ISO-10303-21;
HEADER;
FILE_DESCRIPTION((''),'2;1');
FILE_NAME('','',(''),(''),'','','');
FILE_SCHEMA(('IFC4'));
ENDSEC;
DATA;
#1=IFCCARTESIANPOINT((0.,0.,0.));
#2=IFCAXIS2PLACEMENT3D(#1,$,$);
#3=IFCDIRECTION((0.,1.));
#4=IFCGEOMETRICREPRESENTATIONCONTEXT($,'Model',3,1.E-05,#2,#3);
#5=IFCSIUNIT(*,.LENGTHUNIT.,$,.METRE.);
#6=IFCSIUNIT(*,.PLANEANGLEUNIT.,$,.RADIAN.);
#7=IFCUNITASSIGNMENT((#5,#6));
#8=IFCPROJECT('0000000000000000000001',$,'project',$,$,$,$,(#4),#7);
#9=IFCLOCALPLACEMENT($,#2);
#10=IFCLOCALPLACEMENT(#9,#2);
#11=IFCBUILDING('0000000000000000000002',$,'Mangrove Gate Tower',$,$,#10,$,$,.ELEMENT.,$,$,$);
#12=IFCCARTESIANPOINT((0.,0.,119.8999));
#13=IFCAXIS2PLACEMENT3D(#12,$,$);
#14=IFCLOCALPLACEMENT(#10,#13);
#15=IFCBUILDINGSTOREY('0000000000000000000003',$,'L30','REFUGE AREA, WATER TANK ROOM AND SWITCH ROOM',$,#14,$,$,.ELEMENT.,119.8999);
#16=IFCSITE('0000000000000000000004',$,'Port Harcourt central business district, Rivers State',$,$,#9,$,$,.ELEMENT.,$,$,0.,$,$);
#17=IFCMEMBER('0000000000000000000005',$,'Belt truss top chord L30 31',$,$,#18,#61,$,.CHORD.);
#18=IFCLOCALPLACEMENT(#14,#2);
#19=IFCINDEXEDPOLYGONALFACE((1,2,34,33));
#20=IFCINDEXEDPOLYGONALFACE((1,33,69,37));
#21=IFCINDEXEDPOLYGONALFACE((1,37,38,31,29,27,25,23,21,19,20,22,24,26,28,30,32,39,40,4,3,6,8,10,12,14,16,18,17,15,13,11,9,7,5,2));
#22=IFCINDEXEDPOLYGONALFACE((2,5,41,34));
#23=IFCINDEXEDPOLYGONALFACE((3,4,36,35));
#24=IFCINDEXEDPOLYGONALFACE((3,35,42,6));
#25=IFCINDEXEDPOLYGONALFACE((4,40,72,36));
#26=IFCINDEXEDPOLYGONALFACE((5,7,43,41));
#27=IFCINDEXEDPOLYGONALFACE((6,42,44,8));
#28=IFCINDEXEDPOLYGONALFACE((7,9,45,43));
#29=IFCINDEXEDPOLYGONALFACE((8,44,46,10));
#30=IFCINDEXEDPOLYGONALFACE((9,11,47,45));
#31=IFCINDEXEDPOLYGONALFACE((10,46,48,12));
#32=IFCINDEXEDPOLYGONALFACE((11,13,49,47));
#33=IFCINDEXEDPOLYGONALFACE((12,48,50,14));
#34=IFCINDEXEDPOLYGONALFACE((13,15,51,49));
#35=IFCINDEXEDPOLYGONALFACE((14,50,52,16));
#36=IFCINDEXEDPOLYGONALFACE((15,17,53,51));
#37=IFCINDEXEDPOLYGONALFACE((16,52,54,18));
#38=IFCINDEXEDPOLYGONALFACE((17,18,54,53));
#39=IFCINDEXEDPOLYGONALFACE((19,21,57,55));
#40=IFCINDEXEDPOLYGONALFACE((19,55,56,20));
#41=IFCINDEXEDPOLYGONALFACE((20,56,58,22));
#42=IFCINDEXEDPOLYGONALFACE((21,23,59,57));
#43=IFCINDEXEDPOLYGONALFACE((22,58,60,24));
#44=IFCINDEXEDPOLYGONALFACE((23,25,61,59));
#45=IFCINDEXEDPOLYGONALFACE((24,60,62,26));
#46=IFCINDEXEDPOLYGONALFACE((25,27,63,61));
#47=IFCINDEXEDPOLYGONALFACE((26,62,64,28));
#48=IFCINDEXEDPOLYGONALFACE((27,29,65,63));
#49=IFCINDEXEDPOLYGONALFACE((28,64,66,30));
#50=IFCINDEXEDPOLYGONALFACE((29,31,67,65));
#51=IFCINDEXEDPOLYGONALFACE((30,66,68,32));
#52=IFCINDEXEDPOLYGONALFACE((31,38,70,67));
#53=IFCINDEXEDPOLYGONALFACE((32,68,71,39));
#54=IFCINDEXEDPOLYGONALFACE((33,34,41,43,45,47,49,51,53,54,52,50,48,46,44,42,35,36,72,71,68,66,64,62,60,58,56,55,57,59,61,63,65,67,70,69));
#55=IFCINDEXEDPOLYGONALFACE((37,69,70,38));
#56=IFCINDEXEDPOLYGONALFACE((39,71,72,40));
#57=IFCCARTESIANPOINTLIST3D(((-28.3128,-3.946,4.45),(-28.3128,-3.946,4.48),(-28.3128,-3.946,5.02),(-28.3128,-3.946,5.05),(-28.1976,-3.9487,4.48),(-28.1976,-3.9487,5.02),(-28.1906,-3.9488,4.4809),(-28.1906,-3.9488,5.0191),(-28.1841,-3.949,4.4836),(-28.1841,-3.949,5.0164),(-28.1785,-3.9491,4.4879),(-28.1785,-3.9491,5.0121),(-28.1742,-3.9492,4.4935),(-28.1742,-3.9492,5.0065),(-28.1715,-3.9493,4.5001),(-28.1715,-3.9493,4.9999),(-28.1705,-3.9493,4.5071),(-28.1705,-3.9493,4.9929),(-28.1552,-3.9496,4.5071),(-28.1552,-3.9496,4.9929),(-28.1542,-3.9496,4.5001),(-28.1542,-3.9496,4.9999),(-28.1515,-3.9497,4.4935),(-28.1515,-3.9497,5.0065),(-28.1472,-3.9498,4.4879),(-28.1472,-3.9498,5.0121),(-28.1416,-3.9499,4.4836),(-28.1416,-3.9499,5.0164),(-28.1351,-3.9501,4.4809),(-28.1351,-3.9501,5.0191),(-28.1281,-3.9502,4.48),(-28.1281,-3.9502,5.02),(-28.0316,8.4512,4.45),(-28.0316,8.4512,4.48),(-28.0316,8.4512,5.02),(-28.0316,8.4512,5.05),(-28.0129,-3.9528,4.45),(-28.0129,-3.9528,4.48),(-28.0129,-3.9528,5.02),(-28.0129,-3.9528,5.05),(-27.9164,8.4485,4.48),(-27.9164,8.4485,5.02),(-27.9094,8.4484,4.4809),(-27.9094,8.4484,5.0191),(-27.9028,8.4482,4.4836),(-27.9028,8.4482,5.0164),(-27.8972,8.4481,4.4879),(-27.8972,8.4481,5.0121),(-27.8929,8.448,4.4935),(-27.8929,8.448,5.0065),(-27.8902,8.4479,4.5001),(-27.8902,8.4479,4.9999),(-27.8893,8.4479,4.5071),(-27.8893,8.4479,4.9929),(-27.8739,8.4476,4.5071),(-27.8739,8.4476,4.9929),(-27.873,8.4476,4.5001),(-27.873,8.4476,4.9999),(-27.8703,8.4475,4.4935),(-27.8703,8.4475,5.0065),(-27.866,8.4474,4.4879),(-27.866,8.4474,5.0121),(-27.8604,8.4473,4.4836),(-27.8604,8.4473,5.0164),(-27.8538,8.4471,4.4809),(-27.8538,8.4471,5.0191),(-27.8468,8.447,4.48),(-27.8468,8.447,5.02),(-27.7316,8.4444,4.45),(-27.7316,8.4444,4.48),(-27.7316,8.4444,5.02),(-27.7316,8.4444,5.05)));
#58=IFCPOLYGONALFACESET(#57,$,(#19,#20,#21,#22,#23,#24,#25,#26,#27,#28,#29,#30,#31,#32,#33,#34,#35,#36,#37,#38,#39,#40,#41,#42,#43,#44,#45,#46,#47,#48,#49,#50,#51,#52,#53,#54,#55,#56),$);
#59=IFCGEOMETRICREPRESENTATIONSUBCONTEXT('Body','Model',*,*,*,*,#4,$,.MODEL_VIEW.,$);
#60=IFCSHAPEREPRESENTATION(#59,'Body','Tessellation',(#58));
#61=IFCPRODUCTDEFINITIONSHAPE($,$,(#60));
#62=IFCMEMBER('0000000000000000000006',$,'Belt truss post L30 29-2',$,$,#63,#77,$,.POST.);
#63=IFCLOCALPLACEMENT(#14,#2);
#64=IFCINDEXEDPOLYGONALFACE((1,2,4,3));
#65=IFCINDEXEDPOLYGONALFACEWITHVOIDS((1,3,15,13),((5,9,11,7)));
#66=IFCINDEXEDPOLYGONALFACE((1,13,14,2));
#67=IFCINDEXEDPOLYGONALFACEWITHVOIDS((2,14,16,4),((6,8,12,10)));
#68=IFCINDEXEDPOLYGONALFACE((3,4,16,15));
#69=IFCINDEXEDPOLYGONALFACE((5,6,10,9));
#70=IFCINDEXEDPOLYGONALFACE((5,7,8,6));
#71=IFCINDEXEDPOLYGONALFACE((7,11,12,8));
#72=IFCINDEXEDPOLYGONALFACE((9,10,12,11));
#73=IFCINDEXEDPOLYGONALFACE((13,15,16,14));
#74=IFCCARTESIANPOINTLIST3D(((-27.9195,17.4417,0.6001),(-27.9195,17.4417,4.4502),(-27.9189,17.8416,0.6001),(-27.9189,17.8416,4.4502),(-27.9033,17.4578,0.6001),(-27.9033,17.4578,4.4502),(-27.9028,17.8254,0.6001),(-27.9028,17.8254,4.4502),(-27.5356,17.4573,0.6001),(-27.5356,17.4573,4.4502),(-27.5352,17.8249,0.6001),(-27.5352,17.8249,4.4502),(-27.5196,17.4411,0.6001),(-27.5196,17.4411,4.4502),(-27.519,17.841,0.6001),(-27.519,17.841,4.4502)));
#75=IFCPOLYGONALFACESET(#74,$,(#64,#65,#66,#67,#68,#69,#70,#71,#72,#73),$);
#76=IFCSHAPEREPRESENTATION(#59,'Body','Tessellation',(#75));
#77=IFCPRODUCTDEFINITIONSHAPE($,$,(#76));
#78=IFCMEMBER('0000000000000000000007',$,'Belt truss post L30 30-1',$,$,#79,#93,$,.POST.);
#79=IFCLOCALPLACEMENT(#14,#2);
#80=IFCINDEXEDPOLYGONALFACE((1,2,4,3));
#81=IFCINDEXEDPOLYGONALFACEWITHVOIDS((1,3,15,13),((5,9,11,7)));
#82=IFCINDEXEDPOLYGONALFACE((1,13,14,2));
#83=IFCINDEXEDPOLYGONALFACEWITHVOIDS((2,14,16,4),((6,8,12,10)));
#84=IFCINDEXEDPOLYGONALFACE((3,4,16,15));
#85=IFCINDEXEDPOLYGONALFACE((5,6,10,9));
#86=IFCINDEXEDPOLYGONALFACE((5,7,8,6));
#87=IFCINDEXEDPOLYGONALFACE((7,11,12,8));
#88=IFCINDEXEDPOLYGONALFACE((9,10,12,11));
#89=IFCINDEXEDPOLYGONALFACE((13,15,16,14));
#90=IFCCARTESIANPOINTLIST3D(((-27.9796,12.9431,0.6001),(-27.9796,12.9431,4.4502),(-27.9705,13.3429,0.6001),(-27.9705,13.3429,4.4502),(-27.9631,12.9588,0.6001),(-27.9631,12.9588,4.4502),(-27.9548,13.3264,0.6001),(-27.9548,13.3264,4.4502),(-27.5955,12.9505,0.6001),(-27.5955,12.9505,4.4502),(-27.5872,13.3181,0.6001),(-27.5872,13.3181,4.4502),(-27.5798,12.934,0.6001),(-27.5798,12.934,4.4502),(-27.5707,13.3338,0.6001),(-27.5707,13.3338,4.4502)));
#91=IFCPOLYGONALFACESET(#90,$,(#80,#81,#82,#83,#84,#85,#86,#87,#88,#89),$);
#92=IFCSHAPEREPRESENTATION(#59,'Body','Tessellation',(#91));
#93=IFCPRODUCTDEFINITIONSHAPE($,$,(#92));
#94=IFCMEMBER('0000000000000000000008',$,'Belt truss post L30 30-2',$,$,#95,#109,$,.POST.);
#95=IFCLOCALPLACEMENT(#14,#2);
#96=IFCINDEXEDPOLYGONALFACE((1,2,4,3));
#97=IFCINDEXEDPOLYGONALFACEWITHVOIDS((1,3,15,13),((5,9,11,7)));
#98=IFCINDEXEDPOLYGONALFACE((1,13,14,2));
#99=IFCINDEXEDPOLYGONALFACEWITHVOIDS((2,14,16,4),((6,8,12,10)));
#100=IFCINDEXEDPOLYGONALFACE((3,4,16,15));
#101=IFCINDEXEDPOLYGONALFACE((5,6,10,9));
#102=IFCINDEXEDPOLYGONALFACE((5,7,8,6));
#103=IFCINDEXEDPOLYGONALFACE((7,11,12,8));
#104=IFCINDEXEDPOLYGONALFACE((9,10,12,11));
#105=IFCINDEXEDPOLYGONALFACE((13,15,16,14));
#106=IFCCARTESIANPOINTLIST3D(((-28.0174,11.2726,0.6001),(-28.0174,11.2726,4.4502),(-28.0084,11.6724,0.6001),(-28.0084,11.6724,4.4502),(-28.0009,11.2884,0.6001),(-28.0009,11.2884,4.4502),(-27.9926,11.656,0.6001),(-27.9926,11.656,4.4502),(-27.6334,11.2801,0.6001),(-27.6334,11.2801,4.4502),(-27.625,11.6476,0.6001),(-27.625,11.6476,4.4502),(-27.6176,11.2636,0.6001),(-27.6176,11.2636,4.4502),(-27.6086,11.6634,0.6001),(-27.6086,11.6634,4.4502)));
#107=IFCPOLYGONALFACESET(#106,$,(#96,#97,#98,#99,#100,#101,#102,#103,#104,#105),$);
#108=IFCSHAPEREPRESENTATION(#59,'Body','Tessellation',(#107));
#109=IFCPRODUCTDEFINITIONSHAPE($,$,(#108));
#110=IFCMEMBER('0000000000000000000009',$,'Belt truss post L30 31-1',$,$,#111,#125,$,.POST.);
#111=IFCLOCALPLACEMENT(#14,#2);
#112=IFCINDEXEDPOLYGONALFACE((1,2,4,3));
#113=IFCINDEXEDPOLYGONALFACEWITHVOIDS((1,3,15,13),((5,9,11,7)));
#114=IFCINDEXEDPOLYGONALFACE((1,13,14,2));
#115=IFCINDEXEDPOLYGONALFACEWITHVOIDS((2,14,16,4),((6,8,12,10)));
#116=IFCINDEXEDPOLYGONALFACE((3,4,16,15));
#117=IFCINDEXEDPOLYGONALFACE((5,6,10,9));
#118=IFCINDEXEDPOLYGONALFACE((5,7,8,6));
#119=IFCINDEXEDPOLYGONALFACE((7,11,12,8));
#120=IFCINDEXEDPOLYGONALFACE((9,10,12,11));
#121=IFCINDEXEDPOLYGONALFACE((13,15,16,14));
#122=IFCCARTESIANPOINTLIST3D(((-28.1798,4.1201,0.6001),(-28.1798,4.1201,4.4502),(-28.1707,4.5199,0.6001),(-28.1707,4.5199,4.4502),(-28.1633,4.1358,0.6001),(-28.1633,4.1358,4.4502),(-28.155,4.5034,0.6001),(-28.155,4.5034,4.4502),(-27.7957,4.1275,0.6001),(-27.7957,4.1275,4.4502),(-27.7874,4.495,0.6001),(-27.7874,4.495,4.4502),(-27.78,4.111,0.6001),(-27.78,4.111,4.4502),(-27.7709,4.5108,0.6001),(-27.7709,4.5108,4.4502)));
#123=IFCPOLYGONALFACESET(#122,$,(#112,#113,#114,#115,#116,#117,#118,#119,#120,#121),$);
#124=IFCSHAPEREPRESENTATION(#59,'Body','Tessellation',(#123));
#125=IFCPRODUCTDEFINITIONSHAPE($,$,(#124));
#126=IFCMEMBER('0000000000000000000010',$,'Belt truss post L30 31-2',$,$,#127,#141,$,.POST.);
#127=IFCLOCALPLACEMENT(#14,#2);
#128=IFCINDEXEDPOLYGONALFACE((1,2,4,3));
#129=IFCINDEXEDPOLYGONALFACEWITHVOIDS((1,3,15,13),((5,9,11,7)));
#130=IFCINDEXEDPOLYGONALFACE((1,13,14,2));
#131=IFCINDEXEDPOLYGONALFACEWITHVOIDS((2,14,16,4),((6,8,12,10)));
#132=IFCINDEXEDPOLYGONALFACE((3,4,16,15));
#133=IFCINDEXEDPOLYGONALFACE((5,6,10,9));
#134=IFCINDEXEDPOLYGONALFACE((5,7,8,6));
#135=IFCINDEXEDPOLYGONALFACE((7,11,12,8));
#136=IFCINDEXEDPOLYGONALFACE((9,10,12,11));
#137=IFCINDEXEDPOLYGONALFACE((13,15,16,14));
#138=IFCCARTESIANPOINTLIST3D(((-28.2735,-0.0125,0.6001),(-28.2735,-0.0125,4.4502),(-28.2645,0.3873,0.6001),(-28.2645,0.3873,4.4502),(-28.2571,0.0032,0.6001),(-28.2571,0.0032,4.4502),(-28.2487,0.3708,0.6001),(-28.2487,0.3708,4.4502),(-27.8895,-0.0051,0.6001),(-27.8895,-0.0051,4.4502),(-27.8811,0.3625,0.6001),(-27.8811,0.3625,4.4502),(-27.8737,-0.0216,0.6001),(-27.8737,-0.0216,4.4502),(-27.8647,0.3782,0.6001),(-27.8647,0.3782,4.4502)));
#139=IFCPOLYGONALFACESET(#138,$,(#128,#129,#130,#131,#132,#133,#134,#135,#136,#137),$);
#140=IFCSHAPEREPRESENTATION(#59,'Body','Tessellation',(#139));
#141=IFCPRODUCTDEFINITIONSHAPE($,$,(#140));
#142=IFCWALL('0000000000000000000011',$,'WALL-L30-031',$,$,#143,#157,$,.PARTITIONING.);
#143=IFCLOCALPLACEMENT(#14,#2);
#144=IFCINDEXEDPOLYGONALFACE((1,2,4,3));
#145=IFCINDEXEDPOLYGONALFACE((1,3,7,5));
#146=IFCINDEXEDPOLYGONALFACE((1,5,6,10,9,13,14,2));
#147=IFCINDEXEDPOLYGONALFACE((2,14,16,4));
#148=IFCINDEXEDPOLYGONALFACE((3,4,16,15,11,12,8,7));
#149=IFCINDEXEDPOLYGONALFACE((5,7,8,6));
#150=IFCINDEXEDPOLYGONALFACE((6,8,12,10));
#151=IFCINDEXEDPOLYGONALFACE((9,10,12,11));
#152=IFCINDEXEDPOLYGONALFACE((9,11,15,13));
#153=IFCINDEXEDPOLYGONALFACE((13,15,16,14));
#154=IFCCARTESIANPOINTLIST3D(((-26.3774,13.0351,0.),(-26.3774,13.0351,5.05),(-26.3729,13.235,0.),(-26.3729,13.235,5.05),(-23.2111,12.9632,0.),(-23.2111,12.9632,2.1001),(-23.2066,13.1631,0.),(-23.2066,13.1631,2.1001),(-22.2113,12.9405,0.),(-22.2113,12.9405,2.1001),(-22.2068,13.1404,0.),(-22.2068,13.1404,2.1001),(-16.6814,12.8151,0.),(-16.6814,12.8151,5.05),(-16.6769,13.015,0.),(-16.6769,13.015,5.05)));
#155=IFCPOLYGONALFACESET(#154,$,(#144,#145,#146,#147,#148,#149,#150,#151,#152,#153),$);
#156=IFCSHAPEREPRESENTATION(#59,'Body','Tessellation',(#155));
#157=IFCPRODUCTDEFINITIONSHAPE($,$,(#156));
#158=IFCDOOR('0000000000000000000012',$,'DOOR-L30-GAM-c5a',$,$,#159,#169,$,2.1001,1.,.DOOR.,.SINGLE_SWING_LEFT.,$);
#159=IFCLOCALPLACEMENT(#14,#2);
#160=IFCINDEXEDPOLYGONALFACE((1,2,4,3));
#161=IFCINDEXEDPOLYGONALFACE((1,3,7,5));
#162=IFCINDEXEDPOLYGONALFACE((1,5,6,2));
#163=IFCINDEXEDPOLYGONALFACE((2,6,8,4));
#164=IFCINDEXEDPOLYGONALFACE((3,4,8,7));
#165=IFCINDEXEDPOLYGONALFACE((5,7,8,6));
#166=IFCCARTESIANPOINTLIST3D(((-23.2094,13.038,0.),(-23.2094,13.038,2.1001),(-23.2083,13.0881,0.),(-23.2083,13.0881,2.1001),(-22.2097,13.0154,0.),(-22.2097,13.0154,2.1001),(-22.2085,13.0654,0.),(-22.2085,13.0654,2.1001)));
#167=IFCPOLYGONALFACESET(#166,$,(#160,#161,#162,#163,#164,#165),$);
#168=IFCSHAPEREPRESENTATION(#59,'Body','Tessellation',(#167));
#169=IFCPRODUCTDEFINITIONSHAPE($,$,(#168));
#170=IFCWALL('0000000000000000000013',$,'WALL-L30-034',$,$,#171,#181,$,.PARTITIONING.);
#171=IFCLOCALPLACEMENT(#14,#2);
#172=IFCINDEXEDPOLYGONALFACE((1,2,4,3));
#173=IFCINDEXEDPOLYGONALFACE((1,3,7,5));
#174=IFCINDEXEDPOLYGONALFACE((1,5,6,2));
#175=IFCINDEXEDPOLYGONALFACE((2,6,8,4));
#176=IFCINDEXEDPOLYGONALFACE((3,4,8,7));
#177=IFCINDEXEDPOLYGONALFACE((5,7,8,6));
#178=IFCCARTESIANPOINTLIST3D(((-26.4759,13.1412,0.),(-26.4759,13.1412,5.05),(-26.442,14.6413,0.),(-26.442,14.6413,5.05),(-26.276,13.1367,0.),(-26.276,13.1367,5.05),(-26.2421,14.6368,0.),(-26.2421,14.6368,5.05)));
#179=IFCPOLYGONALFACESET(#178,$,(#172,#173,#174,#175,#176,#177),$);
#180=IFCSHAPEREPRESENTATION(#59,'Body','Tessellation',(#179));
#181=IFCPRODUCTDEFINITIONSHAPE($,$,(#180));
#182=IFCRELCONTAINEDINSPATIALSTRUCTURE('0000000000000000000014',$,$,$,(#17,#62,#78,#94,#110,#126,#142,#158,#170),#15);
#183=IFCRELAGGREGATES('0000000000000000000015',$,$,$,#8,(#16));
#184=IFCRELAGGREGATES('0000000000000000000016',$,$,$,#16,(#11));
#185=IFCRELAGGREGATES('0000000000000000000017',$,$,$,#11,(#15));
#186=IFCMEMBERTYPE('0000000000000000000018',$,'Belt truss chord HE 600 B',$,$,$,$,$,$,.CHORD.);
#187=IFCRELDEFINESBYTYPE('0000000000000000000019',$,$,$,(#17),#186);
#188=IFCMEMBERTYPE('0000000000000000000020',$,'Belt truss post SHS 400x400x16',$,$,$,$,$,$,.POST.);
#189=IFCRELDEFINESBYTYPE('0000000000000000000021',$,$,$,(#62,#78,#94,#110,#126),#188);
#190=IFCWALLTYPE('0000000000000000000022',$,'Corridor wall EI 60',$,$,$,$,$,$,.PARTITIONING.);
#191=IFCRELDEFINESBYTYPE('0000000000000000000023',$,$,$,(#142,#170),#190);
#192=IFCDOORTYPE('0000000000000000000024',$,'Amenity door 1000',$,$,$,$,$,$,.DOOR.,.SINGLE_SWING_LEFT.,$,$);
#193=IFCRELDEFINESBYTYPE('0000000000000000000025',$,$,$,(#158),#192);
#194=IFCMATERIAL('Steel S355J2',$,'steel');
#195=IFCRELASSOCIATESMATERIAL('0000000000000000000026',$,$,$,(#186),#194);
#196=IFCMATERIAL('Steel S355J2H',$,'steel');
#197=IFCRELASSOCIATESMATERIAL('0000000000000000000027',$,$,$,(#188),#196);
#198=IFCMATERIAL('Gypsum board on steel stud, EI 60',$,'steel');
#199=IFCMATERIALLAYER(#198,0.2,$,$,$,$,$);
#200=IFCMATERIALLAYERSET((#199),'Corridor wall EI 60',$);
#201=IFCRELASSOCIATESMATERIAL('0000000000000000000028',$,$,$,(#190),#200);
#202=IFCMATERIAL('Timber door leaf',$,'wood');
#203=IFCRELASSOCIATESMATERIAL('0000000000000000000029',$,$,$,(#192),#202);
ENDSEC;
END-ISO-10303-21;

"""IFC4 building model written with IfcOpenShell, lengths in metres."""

from ifc_helpers import new_model, si_unit, direction, frame, frame_2d, origin, origin_2d, place, context, subcontext, project, spatial, rectangle, hollow_rectangle, i_section, extrude, material, layer, layer_set, material_profile, profile_set, type_object, element, fill, save


model = new_model("IFC4")

# Units and contexts
model_context = context("Model", 3, precision=1e-05, world=origin(), true_north=direction((0.0, 1.0)))
body_context = subcontext(model_context, "Body", "Model", "MODEL_VIEW")
ifc_project = project(units=[si_unit("LENGTHUNIT", "METRE"), si_unit("PLANEANGLEUNIT", "RADIAN")], contexts=[model_context])

# Site, building, storey
site_placement = place(None, origin())
site = spatial("IfcSite", under=ifc_project, at=site_placement, Name="Port Harcourt central business district, Rivers State", CompositionType="ELEMENT", RefElevation=0.0)
building_placement = place(site_placement, origin())
building = spatial("IfcBuilding", under=site, at=building_placement, Name="Mangrove Gate Tower", CompositionType="ELEMENT")
storey_placement = place(building_placement, frame((0.0, 0.0, 119.8999)))
storey = spatial("IfcBuildingStorey", under=building, at=storey_placement, Name="L30", Description="REFUGE AREA, WATER TANK ROOM AND SWITCH ROOM", CompositionType="ELEMENT", Elevation=119.8999)

# Members
ifc_material_1 = material(Name="Steel S355J2", Category="steel")
ifc_material_profile_1 = material_profile(ifc_material_1, i_section(OverallWidth=0.3, OverallDepth=0.6001, WebThickness=0.0154, FlangeThickness=0.03, FilletRadius=0.0271, at=origin_2d()))
ifc_profile_set_1 = profile_set([ifc_material_profile_1], Name="Steel S355J2")
member_type_1 = type_object("IfcMemberType", Name="Belt truss chord HE 600 B", PredefinedType="CHORD", material=ifc_profile_set_1)
for number, where, z_axis, x_axis, name in (
    (1, (-27.8816, 8.4478, 4.75), (-0.022681, -0.999743, 0.0), (0.999743, -0.022681, 0.0), "Belt truss top chord L30 31"),
):
    element("IfcMember", number, at=place(storey_placement, frame(where, z_axis=z_axis, x_axis=x_axis)), inside=storey, type_object=member_type_1, Name=name, PredefinedType="CHORD", context=body_context, shape_type="SweptSolid", body=[
        extrude(i_section(OverallWidth=0.3, OverallDepth=0.6001, WebThickness=0.0154, FlangeThickness=0.03, FilletRadius=0.0271, at=origin_2d()), origin(), (0.0, 0.0, 1.0), 12.4004),
    ])
ifc_material_2 = material(Name="Steel S355J2H", Category="steel")
ifc_material_profile_2 = material_profile(ifc_material_2, hollow_rectangle(XDim=0.3999, YDim=0.3999, WallThickness=0.0161, at=origin_2d()))
ifc_profile_set_2 = profile_set([ifc_material_profile_2], Name="Steel S355J2H")
member_type_2 = type_object("IfcMemberType", Name="Belt truss post SHS 400x400x16", PredefinedType="POST", material=ifc_profile_set_2)
for number, where, z_axis, x_axis, name in (
    (2, (-27.7192, 17.6414, 0.6001), (0.0, 0.0, 1.0), (-0.001356, -0.999999, 0.0), "Belt truss post L30 29-2"),
    (3, (-27.7751, 13.1384, 0.6001), (0.0, 0.0, 1.0), (-0.022632, -0.999744, 0.0), "Belt truss post L30 30-1"),
    (4, (-27.813, 11.468, 0.6001), (0.0, 0.0, 1.0), (-0.022632, -0.999744, 0.0), "Belt truss post L30 30-2"),
    (5, (-27.9753, 4.3154, 0.6001), (0.0, 0.0, 1.0), (-0.02269, -0.999743, 0.0), "Belt truss post L30 31-1"),
    (6, (-28.0691, 0.1829, 0.6001), (0.0, 0.0, 1.0), (-0.02269, -0.999743, 0.0), "Belt truss post L30 31-2"),
):
    element("IfcMember", number, at=place(storey_placement, frame(where, z_axis=z_axis, x_axis=x_axis)), inside=storey, type_object=member_type_2, Name=name, PredefinedType="POST", context=body_context, shape_type="SweptSolid", body=[
        extrude(hollow_rectangle(XDim=0.3999, YDim=0.3999, WallThickness=0.0161, at=origin_2d()), origin(), (0.0, 0.0, 1.0), 3.8501),
    ])

# Wall, opening, door
ifc_material_3 = material(Name="Gypsum board on steel stud, EI 60", Category="steel")
ifc_layer_1 = layer(ifc_material_3, 0.2)
ifc_layer_set_1 = layer_set([ifc_layer_1], Name="Corridor wall EI 60")
wall_type_1 = type_object("IfcWallType", Name="Corridor wall EI 60", PredefinedType="PARTITIONING", material=ifc_layer_set_1)
wall_1_placement = place(storey_placement, frame((-26.375, 13.135, 0.0), z_axis=(0.0, 0.0, 1.0), x_axis=(0.999743, -0.022681, 0.0)))
wall_1 = element("IfcWall", 7, at=wall_1_placement, inside=storey, type_object=wall_type_1, Name="WALL-L30-031", PredefinedType="PARTITIONING", context=body_context, shape_type="SweptSolid", body=[
    extrude(rectangle(XDim=9.6985, YDim=0.2, at=frame_2d((4.8491, 0.0))), origin(), (0.0, 0.0, 1.0), 5.05),
])
opening_1_placement = place(wall_1_placement, frame((3.167, 0.0, 0.0)))
opening_1 = element("IfcOpeningElement", 8, at=opening_1_placement, cuts=wall_1, PredefinedType="OPENING", context=body_context, shape_type="SweptSolid", body=[
    extrude(rectangle(XDim=1.0, YDim=2.1001, at=frame_2d((0.5, 1.05))), frame((0.0, 0.1099, 0.0), z_axis=(0.0, -1.0, 0.0), x_axis=(1.0, 0.0, 0.0)), (0.0, 0.0, 1.0), 0.22),
])
ifc_material_4 = material(Name="Timber door leaf", Category="wood")
door_type_1 = type_object("IfcDoorType", Name="Amenity door 1000", OperationType="SINGLE_SWING_LEFT", PredefinedType="DOOR", material=ifc_material_4)
door_1_placement = place(opening_1_placement, origin())
door_1 = element("IfcDoor", 9, at=door_1_placement, inside=storey, type_object=door_type_1, Name="DOOR-L30-GAM-c5a", OperationType="SINGLE_SWING_LEFT", OverallHeight=2.1001, OverallWidth=1.0, PredefinedType="DOOR", context=body_context, shape_type="SweptSolid", body=[
    extrude(rectangle(XDim=1.0, YDim=2.1001, at=frame_2d((0.5, 1.05))), frame((0.0, 0.0249, 0.0), z_axis=(0.0, -1.0, 0.0), x_axis=(1.0, 0.0, 0.0)), (0.0, 0.0, 1.0), 0.05),
])
fill(opening_1, door_1)

# Wall
wall_2_placement = place(storey_placement, frame((-26.376, 13.1389, 0.0), z_axis=(0.0, 0.0, 1.0), x_axis=(0.022618, 0.999744, 0.0)))
element("IfcWall", 10, at=wall_2_placement, inside=storey, type_object=wall_type_1, Name="WALL-L30-034", PredefinedType="PARTITIONING", context=body_context, shape_type="SweptSolid", body=[
    extrude(rectangle(XDim=1.5005, YDim=0.2, at=frame_2d((0.7502, 0.0))), origin(), (0.0, 0.0, 1.0), 5.05),
])

save(model, "model.ifc")
